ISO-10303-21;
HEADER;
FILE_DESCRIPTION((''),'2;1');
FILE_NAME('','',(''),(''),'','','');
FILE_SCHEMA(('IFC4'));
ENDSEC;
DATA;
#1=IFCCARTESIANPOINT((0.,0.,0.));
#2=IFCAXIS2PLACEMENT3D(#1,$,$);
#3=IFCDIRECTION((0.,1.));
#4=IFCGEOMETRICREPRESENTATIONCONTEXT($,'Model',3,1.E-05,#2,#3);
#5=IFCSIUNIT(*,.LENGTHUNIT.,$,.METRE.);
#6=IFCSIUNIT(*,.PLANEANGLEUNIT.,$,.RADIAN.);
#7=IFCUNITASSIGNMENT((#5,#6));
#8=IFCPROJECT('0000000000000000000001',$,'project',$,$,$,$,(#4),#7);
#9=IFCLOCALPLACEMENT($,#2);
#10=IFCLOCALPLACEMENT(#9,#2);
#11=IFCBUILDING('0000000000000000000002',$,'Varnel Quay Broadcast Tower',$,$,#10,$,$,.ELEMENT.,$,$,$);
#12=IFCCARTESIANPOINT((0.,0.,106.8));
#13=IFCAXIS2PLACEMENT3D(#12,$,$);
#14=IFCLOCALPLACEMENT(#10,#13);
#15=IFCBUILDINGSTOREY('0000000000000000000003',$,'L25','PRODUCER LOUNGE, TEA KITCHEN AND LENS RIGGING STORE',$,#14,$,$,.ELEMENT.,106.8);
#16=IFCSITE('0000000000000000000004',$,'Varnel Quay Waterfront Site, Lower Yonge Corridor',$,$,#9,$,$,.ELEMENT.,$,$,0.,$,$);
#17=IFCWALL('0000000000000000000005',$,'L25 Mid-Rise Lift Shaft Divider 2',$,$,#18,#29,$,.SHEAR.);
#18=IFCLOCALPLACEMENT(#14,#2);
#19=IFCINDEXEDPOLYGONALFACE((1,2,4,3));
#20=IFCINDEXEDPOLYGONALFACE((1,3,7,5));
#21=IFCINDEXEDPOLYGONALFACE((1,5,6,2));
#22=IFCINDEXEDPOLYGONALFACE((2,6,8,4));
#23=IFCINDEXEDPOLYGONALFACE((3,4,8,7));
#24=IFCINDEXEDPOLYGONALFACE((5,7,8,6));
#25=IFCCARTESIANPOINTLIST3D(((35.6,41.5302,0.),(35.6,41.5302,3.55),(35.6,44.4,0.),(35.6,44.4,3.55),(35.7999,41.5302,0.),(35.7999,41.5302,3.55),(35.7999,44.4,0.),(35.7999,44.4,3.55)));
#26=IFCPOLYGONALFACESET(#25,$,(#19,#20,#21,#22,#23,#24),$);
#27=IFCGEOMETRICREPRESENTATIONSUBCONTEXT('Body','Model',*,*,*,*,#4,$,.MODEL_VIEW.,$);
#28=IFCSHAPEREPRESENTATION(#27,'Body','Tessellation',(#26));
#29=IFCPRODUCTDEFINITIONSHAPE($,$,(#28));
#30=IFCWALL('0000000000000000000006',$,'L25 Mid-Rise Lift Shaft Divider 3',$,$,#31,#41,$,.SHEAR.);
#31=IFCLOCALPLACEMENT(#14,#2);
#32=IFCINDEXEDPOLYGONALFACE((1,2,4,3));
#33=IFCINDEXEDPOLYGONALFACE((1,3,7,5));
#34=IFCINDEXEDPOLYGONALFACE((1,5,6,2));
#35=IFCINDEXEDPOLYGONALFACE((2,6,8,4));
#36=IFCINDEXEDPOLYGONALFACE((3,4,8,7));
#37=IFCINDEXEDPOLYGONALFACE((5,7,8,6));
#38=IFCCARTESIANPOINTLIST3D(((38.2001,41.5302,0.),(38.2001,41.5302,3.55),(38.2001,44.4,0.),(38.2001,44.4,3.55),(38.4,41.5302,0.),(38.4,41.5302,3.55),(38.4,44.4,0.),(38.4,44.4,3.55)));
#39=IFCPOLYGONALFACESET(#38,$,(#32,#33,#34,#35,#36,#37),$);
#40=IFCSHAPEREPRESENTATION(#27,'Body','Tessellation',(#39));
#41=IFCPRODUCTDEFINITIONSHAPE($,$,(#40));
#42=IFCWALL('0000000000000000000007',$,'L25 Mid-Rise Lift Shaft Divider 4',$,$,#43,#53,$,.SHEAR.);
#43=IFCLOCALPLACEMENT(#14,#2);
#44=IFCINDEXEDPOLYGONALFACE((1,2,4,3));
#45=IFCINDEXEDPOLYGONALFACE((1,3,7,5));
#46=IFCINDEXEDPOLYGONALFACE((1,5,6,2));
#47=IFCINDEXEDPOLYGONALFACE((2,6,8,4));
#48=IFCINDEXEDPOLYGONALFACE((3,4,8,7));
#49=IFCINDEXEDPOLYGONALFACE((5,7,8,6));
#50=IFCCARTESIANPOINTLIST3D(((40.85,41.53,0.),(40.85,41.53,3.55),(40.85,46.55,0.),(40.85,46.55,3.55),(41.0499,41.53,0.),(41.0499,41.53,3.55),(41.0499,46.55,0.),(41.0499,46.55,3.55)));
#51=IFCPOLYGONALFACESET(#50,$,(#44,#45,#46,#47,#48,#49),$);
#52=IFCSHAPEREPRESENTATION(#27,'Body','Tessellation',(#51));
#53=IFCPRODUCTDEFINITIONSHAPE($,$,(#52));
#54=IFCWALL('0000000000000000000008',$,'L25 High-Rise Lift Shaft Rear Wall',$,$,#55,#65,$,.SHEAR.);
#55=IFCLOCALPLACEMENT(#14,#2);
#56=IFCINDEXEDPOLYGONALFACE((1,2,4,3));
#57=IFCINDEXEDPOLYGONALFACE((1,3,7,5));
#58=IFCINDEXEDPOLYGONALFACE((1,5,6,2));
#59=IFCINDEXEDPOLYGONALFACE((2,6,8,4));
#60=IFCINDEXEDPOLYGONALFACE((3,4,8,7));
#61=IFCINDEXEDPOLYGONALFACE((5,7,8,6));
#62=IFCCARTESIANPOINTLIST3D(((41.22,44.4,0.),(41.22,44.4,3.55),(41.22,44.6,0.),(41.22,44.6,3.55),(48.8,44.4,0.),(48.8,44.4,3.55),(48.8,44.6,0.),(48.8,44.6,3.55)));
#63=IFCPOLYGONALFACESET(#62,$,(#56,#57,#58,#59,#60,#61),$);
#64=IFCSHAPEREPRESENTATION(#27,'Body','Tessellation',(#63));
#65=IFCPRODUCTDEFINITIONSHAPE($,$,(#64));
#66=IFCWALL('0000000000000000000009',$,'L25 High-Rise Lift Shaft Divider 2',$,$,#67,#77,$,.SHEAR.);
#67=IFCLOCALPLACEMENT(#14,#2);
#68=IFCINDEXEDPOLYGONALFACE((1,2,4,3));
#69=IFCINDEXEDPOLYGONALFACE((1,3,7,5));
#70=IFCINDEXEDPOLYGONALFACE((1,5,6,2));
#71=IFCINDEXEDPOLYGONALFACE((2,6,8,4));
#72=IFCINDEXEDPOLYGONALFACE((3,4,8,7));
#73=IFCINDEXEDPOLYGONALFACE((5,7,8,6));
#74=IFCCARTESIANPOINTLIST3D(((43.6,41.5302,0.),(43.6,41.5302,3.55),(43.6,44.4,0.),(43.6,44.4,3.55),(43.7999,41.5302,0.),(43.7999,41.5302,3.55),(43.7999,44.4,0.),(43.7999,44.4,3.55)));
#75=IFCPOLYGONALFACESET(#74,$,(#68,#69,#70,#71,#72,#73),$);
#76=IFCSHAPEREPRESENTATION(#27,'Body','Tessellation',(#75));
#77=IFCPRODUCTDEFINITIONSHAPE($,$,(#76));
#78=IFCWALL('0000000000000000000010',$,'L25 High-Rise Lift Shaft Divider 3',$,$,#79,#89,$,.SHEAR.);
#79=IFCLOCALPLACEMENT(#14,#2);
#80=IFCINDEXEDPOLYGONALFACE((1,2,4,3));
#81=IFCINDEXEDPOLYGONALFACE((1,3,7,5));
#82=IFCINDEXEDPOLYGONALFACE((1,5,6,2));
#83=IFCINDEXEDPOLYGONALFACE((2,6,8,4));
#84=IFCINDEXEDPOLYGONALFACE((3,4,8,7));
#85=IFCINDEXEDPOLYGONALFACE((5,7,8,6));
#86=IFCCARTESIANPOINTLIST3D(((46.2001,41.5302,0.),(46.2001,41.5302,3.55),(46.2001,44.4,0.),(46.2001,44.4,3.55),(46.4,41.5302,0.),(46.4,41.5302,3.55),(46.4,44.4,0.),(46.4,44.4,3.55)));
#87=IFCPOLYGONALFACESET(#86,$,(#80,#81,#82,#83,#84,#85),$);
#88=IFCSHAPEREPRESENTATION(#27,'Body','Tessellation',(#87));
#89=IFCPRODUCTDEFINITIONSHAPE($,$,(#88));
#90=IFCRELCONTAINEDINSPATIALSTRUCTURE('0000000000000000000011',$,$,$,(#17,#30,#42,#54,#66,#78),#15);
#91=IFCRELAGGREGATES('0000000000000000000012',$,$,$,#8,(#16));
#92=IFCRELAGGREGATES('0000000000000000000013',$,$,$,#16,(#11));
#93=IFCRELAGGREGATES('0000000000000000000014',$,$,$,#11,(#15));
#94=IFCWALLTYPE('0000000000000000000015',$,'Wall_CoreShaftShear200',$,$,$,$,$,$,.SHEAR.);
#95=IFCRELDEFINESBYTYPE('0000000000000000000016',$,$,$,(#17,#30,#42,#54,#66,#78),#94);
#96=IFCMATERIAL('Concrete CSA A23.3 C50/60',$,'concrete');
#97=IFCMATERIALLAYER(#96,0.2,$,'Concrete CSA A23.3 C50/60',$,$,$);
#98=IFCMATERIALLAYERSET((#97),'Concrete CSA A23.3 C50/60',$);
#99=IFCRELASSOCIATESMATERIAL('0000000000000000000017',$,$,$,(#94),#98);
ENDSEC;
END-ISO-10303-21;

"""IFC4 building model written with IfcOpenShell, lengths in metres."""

from ifc_helpers import new_model, si_unit, direction, frame, frame_2d, origin, place, context, subcontext, project, spatial, rectangle, extrude, material, layer, layer_set, type_object, element, save


model = new_model("IFC4")

# Units and contexts
model_context = context("Model", 3, precision=1e-05, world=origin(), true_north=direction((0.0, 1.0)))
body_context = subcontext(model_context, "Body", "Model", "MODEL_VIEW")
ifc_project = project(units=[si_unit("LENGTHUNIT", "METRE"), si_unit("PLANEANGLEUNIT", "RADIAN")], contexts=[model_context])

# Site, building, storey
site_placement = place(None, origin())
site = spatial("IfcSite", under=ifc_project, at=site_placement, Name="Varnel Quay Waterfront Site, Lower Yonge Corridor", CompositionType="ELEMENT", RefElevation=0.0)
building_placement = place(site_placement, origin())
building = spatial("IfcBuilding", under=site, at=building_placement, Name="Varnel Quay Broadcast Tower", CompositionType="ELEMENT")
storey_placement = place(building_placement, frame((0.0, 0.0, 106.8)))
storey = spatial("IfcBuildingStorey", under=building, at=storey_placement, Name="L25", Description="PRODUCER LOUNGE, TEA KITCHEN AND LENS RIGGING STORE", CompositionType="ELEMENT", Elevation=106.8)

# Walls
ifc_material_1 = material(Name="Concrete CSA A23.3 C50/60", Category="concrete")
ifc_layer_1 = layer(ifc_material_1, 0.2, Name="Concrete CSA A23.3 C50/60")
ifc_layer_set_1 = layer_set([ifc_layer_1], Name="Concrete CSA A23.3 C50/60")
wall_type_1 = type_object("IfcWallType", Name="Wall_CoreShaftShear200", PredefinedType="SHEAR", material=ifc_layer_set_1)
for number, where, z_axis, x_axis, name in (
    (1, (35.7, 41.53, 0.0), (0.0, 0.0, 1.0), (0.0, 1.0, 0.0), "L25 Mid-Rise Lift Shaft Divider 2"),
    (2, (38.3, 41.53, 0.0), (0.0, 0.0, 1.0), (0.0, 1.0, 0.0), "L25 Mid-Rise Lift Shaft Divider 3"),
):
    element("IfcWall", number, at=place(storey_placement, frame(where, z_axis=z_axis, x_axis=x_axis)), inside=storey, type_object=wall_type_1, Name=name, PredefinedType="SHEAR", context=body_context, shape_type="SweptSolid", body=[
        extrude(rectangle(XDim=2.8699, YDim=0.2, at=frame_2d((1.4351, 0.0))), origin(), (0.0, 0.0, 1.0), 3.55),
    ])
wall_1_placement = place(storey_placement, frame((40.95, 41.53, 0.0), z_axis=(0.0, 0.0, 1.0), x_axis=(0.0, 1.0, 0.0)))
element("IfcWall", 3, at=wall_1_placement, inside=storey, type_object=wall_type_1, Name="L25 Mid-Rise Lift Shaft Divider 4", PredefinedType="SHEAR", context=body_context, shape_type="SweptSolid", body=[
    extrude(rectangle(XDim=5.02, YDim=0.2, at=frame_2d((2.51, 0.0))), origin(), (0.0, 0.0, 1.0), 3.55),
])
wall_2_placement = place(storey_placement, frame((41.22, 44.5, 0.0), z_axis=(0.0, 0.0, 1.0), x_axis=(1.0, 0.0, 0.0)))
element("IfcWall", 4, at=wall_2_placement, inside=storey, type_object=wall_type_1, Name="L25 High-Rise Lift Shaft Rear Wall", PredefinedType="SHEAR", context=body_context, shape_type="SweptSolid", body=[
    extrude(rectangle(XDim=7.5801, YDim=0.2, at=frame_2d((3.79, 0.0))), origin(), (0.0, 0.0, 1.0), 3.55),
])
for number, where, z_axis, x_axis, name in (
    (5, (43.7, 41.53, 0.0), (0.0, 0.0, 1.0), (0.0, 1.0, 0.0), "L25 High-Rise Lift Shaft Divider 2"),
    (6, (46.3, 41.53, 0.0), (0.0, 0.0, 1.0), (0.0, 1.0, 0.0), "L25 High-Rise Lift Shaft Divider 3"),
):
    element("IfcWall", number, at=place(storey_placement, frame(where, z_axis=z_axis, x_axis=x_axis)), inside=storey, type_object=wall_type_1, Name=name, PredefinedType="SHEAR", context=body_context, shape_type="SweptSolid", body=[
        extrude(rectangle(XDim=2.8699, YDim=0.2, at=frame_2d((1.4351, 0.0))), origin(), (0.0, 0.0, 1.0), 3.55),
    ])

save(model, "model.ifc")
